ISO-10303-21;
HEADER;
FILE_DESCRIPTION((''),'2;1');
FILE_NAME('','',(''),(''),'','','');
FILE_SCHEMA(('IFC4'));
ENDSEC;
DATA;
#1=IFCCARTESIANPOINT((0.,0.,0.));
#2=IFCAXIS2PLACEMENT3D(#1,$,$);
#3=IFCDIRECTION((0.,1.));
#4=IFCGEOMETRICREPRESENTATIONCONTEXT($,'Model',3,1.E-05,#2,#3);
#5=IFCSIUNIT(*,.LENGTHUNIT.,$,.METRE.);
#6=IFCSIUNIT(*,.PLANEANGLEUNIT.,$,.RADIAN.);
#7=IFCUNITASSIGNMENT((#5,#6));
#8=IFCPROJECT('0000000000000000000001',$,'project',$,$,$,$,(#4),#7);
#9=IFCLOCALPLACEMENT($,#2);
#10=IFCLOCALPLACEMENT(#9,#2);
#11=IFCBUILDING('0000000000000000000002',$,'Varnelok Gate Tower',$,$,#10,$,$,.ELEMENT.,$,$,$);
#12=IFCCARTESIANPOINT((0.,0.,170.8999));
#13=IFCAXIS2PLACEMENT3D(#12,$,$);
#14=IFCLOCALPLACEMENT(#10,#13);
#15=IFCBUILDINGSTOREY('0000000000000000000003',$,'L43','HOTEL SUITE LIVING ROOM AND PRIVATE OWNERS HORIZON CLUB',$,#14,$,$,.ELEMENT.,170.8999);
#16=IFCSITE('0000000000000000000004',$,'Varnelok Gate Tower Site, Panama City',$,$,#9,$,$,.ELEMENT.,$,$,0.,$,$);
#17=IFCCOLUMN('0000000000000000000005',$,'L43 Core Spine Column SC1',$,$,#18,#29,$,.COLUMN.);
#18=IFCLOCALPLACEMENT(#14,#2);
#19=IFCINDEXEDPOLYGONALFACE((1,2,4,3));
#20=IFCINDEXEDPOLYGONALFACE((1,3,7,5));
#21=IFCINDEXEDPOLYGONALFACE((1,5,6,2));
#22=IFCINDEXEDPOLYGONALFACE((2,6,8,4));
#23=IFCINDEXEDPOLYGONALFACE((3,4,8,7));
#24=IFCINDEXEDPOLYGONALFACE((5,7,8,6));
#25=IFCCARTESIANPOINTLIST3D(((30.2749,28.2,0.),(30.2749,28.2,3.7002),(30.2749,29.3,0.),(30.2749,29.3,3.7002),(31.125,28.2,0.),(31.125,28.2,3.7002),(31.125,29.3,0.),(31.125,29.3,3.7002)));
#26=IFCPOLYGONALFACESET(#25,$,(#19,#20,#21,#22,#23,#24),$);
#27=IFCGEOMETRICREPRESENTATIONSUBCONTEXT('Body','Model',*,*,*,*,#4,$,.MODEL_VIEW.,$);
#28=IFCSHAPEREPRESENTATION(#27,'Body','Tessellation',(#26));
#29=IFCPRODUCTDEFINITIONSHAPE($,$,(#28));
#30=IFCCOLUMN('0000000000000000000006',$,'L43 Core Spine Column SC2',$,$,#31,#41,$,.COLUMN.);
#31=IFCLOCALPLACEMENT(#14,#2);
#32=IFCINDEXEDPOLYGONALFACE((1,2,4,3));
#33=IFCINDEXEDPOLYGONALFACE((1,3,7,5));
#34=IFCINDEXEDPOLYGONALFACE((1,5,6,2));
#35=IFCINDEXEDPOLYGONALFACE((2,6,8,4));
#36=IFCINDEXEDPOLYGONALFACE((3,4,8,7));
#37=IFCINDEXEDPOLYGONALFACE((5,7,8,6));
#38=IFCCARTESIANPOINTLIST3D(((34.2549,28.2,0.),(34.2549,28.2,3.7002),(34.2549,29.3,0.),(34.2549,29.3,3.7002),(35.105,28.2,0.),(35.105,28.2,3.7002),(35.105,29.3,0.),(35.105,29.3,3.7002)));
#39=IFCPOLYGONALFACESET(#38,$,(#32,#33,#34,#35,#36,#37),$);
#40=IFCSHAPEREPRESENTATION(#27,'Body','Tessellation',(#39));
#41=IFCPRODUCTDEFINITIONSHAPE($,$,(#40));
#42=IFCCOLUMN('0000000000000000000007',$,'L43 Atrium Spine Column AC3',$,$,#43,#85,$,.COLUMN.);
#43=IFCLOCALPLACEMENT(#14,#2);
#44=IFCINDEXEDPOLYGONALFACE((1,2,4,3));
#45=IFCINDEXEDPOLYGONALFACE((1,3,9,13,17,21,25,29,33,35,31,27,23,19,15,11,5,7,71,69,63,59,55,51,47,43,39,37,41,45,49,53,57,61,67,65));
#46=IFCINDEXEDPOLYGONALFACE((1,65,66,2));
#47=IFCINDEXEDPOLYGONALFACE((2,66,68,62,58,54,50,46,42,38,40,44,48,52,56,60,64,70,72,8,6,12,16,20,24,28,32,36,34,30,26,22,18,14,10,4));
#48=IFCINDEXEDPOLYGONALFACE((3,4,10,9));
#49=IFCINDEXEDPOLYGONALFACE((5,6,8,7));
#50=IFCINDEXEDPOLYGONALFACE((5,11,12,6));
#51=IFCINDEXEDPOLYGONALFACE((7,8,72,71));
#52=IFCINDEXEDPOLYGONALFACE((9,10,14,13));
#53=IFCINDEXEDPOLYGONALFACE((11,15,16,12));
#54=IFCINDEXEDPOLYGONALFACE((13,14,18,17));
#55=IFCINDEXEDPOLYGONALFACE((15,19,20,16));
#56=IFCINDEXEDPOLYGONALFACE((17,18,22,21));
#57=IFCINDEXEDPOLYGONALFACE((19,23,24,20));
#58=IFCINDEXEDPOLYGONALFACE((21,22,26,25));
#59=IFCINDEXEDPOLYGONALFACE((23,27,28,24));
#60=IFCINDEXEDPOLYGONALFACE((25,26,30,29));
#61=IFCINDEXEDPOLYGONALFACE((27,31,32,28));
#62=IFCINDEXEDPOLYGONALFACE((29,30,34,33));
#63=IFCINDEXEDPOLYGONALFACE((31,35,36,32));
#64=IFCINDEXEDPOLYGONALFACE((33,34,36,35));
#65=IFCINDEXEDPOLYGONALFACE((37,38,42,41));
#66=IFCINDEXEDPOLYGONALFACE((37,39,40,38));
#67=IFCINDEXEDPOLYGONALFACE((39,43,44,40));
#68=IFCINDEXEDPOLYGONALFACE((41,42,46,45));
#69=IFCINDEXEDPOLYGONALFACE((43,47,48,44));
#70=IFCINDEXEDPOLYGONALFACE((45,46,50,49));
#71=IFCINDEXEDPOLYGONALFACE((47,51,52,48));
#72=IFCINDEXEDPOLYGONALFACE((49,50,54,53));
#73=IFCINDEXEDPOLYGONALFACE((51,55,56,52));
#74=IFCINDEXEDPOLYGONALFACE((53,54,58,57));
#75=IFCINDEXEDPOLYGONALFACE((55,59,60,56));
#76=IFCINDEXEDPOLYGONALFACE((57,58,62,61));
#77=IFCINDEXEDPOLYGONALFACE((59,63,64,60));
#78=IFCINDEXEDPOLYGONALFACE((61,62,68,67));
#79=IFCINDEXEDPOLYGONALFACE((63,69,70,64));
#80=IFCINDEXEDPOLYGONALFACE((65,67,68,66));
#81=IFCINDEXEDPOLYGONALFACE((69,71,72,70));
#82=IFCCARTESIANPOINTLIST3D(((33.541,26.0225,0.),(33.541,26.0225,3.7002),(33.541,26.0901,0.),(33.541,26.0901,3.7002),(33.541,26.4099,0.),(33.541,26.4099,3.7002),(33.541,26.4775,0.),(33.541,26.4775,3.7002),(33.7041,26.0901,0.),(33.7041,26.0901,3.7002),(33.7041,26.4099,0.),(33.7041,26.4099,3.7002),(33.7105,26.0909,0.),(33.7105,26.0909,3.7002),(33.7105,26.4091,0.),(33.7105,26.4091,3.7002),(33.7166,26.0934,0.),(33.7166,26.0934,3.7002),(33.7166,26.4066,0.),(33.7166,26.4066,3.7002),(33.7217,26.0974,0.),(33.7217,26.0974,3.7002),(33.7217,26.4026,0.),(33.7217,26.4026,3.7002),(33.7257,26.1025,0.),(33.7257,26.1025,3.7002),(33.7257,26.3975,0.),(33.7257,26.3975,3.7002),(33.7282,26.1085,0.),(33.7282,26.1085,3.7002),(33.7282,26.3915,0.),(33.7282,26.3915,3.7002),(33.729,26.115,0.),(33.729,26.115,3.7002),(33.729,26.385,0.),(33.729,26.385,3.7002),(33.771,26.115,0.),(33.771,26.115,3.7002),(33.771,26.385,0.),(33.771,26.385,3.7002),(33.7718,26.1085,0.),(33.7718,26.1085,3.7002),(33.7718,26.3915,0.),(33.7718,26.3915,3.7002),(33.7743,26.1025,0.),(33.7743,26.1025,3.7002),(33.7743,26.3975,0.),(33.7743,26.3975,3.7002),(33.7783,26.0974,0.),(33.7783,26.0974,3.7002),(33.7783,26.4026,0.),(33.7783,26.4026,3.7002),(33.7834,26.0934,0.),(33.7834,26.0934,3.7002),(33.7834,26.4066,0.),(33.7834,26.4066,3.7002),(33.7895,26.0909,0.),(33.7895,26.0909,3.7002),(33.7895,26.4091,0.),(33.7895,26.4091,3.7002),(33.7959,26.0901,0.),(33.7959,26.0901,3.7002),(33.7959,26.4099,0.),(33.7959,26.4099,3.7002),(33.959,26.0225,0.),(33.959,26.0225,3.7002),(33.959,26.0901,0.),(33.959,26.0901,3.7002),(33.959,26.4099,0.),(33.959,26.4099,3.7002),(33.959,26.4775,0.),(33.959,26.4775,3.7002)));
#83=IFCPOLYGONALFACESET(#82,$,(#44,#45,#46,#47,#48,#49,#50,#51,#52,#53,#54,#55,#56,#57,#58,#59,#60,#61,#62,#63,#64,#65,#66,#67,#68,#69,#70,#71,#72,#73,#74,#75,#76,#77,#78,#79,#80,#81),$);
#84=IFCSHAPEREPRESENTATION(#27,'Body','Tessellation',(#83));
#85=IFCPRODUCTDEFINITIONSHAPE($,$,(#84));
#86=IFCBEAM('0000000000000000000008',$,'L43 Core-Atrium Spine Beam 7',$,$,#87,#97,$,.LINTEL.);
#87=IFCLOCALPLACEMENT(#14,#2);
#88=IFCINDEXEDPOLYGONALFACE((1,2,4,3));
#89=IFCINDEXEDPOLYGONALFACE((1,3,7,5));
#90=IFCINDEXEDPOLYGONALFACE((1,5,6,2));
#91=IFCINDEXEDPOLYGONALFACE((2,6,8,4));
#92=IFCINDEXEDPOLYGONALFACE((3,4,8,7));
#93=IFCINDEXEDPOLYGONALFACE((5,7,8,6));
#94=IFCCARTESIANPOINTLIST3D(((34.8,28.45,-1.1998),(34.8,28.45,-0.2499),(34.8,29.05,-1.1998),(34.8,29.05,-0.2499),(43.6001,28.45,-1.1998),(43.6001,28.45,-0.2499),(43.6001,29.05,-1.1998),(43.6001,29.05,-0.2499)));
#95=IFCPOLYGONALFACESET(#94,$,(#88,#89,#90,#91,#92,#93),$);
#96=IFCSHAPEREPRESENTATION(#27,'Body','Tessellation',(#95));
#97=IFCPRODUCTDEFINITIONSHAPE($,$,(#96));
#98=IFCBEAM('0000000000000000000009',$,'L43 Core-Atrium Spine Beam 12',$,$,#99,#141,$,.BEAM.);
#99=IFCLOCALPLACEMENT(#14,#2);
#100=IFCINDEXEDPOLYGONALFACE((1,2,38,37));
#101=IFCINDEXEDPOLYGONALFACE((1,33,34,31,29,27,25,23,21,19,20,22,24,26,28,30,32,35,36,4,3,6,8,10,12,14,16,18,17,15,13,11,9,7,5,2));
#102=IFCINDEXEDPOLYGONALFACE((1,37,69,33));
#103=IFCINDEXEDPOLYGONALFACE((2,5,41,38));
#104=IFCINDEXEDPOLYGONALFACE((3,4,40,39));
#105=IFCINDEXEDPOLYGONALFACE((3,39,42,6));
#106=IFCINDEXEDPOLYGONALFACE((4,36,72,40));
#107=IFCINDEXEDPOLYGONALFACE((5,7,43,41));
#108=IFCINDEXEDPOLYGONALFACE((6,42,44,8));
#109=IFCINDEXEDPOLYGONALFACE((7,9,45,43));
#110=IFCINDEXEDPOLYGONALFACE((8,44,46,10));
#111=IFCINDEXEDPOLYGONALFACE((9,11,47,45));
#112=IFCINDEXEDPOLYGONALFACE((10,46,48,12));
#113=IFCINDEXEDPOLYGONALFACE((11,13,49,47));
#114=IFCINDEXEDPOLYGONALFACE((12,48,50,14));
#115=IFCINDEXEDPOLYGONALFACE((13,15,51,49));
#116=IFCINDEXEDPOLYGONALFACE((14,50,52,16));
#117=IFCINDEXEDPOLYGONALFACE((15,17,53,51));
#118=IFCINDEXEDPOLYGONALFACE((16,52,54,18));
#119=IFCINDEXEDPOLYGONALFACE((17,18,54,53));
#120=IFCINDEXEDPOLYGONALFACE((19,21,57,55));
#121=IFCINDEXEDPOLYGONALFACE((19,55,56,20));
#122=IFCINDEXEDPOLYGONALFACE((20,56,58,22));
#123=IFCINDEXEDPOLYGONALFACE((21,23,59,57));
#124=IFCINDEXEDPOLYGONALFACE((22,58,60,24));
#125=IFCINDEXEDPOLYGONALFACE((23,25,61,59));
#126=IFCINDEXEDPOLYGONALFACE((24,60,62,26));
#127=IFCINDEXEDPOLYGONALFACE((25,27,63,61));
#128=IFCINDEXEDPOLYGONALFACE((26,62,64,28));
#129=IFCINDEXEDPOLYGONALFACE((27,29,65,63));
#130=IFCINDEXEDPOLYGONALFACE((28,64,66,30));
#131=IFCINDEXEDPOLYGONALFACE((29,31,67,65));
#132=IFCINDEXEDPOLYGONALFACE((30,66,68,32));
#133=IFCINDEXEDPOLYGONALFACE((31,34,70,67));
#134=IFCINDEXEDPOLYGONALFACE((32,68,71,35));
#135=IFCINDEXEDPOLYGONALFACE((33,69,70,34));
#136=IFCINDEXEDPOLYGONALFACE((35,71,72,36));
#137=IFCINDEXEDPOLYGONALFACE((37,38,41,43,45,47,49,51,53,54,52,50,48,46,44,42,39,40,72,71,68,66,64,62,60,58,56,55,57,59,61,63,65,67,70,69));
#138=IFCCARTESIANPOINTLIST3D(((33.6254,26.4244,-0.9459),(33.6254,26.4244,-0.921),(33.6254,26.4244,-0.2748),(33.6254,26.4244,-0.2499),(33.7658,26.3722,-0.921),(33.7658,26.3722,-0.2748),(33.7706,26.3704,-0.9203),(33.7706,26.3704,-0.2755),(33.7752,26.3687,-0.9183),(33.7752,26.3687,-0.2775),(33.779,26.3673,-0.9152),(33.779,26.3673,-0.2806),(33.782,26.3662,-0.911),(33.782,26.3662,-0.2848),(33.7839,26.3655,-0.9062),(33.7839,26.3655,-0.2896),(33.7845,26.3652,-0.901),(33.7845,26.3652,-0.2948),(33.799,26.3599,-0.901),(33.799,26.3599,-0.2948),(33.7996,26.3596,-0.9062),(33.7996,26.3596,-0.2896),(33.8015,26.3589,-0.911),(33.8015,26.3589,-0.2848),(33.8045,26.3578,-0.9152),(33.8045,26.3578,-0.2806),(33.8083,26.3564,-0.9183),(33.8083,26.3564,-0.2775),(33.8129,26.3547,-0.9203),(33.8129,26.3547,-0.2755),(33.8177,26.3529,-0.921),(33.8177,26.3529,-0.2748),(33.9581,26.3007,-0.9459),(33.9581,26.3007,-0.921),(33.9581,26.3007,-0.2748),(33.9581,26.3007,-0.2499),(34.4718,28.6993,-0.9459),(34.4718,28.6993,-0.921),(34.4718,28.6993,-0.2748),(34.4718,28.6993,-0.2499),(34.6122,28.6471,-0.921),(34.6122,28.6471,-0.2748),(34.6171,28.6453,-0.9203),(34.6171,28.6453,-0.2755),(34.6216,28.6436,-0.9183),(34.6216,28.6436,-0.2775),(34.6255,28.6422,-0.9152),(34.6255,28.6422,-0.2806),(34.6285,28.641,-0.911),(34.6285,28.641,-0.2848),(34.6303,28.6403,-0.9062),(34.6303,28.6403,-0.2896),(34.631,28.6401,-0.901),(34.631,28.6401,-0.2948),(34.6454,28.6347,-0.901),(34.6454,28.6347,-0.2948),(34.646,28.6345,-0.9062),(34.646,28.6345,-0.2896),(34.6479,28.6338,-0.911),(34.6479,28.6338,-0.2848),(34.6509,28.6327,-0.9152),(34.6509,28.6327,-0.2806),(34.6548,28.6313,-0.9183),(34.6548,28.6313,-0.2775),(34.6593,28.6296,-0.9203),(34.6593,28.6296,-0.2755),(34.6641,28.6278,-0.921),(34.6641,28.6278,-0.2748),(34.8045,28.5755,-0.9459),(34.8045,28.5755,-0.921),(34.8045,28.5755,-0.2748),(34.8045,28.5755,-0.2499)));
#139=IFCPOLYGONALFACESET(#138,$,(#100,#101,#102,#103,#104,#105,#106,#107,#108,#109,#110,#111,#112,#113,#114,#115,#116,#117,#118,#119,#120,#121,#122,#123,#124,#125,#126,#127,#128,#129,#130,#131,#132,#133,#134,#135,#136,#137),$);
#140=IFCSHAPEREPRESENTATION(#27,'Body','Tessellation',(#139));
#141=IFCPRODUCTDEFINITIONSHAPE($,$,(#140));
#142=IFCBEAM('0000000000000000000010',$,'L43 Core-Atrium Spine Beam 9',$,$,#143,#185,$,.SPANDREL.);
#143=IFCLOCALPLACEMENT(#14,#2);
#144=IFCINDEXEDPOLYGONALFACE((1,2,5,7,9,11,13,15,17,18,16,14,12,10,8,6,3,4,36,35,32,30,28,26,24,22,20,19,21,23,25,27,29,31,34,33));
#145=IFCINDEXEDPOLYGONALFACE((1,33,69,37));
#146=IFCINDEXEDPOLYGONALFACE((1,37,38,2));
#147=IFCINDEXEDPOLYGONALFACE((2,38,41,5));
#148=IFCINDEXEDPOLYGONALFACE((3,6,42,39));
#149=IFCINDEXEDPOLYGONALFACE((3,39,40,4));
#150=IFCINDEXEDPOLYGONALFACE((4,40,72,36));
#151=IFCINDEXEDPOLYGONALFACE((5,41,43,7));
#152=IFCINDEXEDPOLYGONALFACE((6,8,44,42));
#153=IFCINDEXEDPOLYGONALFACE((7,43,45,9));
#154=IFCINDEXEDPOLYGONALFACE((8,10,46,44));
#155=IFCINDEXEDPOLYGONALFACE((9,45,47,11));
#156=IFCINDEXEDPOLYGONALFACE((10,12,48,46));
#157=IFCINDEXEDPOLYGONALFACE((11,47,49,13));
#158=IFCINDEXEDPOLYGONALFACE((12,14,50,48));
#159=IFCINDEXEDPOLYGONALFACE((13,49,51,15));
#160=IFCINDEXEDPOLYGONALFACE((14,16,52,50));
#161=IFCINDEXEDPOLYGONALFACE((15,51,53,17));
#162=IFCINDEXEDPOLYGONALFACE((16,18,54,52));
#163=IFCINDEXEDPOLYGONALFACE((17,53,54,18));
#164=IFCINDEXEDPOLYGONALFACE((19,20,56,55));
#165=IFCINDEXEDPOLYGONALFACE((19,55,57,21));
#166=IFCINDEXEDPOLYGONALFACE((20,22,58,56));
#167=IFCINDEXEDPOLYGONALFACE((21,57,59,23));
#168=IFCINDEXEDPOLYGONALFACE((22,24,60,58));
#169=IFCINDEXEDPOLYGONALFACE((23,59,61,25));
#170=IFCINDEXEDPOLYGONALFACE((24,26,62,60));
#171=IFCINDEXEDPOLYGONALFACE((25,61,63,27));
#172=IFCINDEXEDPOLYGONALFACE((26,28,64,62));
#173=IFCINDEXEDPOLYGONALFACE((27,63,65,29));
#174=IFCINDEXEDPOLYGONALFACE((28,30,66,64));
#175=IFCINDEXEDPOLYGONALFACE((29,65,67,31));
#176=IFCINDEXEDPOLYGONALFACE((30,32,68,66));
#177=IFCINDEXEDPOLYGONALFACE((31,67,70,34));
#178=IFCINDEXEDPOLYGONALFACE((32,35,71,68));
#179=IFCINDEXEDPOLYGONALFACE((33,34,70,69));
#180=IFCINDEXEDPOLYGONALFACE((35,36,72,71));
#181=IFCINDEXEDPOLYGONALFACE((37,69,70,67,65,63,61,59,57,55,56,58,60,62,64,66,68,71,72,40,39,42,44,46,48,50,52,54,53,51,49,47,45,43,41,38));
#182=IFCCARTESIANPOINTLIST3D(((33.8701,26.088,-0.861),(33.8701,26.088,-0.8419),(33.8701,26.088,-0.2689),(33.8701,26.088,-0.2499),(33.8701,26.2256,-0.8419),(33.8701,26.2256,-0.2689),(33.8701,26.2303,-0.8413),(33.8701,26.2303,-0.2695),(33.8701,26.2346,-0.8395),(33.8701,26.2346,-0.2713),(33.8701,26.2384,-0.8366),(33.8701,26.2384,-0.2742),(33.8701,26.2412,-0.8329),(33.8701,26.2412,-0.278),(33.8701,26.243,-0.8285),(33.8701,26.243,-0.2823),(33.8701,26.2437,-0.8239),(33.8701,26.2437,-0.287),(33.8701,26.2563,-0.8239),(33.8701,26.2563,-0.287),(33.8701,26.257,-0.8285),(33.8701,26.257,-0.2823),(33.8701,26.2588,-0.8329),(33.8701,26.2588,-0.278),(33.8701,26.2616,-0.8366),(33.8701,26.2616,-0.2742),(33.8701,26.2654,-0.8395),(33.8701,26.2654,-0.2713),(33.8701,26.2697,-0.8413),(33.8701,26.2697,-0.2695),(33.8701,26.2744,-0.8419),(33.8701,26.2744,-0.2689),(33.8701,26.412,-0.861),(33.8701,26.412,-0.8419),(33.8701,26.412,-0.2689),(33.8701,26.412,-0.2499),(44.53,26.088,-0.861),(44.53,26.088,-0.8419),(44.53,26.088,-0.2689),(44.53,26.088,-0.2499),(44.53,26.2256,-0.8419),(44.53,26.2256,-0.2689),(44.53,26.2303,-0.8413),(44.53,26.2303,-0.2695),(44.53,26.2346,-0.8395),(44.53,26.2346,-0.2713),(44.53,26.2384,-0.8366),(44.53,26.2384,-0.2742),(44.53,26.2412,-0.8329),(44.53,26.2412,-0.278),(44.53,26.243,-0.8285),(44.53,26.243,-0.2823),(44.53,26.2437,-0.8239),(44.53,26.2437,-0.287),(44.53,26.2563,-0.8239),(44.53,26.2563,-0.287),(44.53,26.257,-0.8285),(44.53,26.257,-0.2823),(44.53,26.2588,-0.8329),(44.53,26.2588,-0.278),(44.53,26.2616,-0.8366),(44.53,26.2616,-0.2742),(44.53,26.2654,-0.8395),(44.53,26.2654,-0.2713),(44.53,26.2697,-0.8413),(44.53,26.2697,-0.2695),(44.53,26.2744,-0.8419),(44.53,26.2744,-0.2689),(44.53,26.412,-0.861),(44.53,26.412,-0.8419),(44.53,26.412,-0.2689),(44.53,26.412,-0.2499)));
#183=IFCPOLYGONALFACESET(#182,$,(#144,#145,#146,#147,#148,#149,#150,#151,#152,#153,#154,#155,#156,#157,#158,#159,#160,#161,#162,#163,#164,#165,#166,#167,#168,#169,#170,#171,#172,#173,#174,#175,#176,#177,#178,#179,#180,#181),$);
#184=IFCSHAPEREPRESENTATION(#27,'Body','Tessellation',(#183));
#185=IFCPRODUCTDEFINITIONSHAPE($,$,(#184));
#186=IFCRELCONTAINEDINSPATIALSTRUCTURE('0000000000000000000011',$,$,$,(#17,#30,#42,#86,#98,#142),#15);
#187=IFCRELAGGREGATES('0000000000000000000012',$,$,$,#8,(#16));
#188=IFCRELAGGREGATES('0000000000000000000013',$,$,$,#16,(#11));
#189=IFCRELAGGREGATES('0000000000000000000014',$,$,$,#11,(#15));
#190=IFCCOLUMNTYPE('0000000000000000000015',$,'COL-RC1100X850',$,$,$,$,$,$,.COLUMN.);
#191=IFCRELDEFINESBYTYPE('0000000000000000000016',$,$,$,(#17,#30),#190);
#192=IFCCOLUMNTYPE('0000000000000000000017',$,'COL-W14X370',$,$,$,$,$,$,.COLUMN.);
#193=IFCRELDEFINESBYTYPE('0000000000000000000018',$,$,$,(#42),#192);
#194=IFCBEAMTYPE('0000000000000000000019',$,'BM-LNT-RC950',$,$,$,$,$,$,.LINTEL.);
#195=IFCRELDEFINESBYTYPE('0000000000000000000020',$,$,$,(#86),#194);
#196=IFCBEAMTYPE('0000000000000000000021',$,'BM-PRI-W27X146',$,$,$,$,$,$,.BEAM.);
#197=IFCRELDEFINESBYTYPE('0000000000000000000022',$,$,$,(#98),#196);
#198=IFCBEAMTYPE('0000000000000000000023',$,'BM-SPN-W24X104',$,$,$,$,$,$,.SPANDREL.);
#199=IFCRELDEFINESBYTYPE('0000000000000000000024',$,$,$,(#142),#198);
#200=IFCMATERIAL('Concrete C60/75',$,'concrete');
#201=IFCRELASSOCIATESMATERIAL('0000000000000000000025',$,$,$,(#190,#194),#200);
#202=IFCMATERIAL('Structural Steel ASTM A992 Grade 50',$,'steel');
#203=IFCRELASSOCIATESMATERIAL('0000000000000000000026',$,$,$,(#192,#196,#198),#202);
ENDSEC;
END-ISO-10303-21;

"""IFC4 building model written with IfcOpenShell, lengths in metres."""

from ifc_helpers import new_model, si_unit, direction, frame, origin, origin_2d, place, context, subcontext, project, spatial, rectangle, i_section, extrude, material, material_profile, profile_set, type_object, element, save


model = new_model("IFC4")

# Units and contexts
model_context = context("Model", 3, precision=1e-05, world=origin(), true_north=direction((0.0, 1.0)))
body_context = subcontext(model_context, "Body", "Model", "MODEL_VIEW")
ifc_project = project(units=[si_unit("LENGTHUNIT", "METRE"), si_unit("PLANEANGLEUNIT", "RADIAN")], contexts=[model_context])

# Site, building, storey
site_placement = place(None, origin())
site = spatial("IfcSite", under=ifc_project, at=site_placement, Name="Varnelok Gate Tower Site, Panama City", CompositionType="ELEMENT", RefElevation=0.0)
building_placement = place(site_placement, origin())
building = spatial("IfcBuilding", under=site, at=building_placement, Name="Varnelok Gate Tower", CompositionType="ELEMENT")
storey_placement = place(building_placement, frame((0.0, 0.0, 170.8999)))
storey = spatial("IfcBuildingStorey", under=building, at=storey_placement, Name="L43", Description="HOTEL SUITE LIVING ROOM AND PRIVATE OWNERS HORIZON CLUB", CompositionType="ELEMENT", Elevation=170.8999)

# Columns
ifc_material_1 = material(Name="Concrete C60/75", Category="concrete")
ifc_material_profile_1 = material_profile(ifc_material_1, rectangle(XDim=0.8501, YDim=1.1001, at=origin_2d()), Name="RC1100X850")
ifc_profile_set_1 = profile_set([ifc_material_profile_1], Name="Concrete C60/75")
column_type_1 = type_object("IfcColumnType", Name="COL-RC1100X850", PredefinedType="COLUMN", material=ifc_profile_set_1)
for number, where, z_axis, x_axis, name in (
    (1, (30.7, 28.75, 0.0), (0.0, 0.0, 1.0), (1.0, 0.0, 0.0), "L43 Core Spine Column SC1"),
    (2, (34.6799, 28.75, 0.0), (0.0, 0.0, 1.0), (1.0, 0.0, 0.0), "L43 Core Spine Column SC2"),
):
    element("IfcColumn", number, at=place(storey_placement, frame(where, z_axis=z_axis, x_axis=x_axis)), inside=storey, type_object=column_type_1, Name=name, PredefinedType="COLUMN", context=body_context, shape_type="SweptSolid", body=[
        extrude(rectangle(XDim=0.8501, YDim=1.1001, at=origin_2d()), origin(), (0.0, 0.0, 1.0), 3.7002),
    ])
ifc_material_2 = material(Name="Structural Steel ASTM A992 Grade 50", Category="steel")
ifc_material_profile_2 = material_profile(ifc_material_2, i_section(OverallWidth=0.418, OverallDepth=0.4551, WebThickness=0.042, FlangeThickness=0.0676, FilletRadius=0.0249, at=origin_2d()), Name="W14X370")
ifc_profile_set_2 = profile_set([ifc_material_profile_2], Name="Structural Steel ASTM A992 Grade 50")
column_type_2 = type_object("IfcColumnType", Name="COL-W14X370", PredefinedType="COLUMN", material=ifc_profile_set_2)
column_placement = place(storey_placement, frame((33.75, 26.25, 0.0), z_axis=(0.0, 0.0, 1.0), x_axis=(1.0, 0.0, 0.0)))
element("IfcColumn", 3, at=column_placement, inside=storey, type_object=column_type_2, Name="L43 Atrium Spine Column AC3", PredefinedType="COLUMN", context=body_context, shape_type="SweptSolid", body=[
    extrude(i_section(OverallWidth=0.418, OverallDepth=0.4551, WebThickness=0.042, FlangeThickness=0.0676, FilletRadius=0.0249, at=origin_2d()), origin(), (0.0, 0.0, 1.0), 3.7002),
])

# Beams
ifc_material_profile_3 = material_profile(ifc_material_1, rectangle(XDim=0.6001, YDim=0.95, at=origin_2d()), Name="RC950X600")
ifc_profile_set_3 = profile_set([ifc_material_profile_3], Name="Concrete C60/75")
beam_type_1 = type_object("IfcBeamType", Name="BM-LNT-RC950", PredefinedType="LINTEL", material=ifc_profile_set_3)
beam_1_placement = place(storey_placement, frame((34.8, 28.75, -0.7249), z_axis=(1.0, 0.0, 0.0), x_axis=(0.0, 1.0, 0.0)))
element("IfcBeam", 4, at=beam_1_placement, inside=storey, type_object=beam_type_1, Name="L43 Core-Atrium Spine Beam 7", PredefinedType="LINTEL", context=body_context, shape_type="SweptSolid", body=[
    extrude(rectangle(XDim=0.6001, YDim=0.95, at=origin_2d()), origin(), (0.0, 0.0, 1.0), 8.8),
])
ifc_material_profile_4 = material_profile(ifc_material_2, i_section(OverallWidth=0.355, OverallDepth=0.696, WebThickness=0.0154, FlangeThickness=0.0249, FilletRadius=0.02, at=origin_2d()), Name="W27X146")
ifc_profile_set_4 = profile_set([ifc_material_profile_4], Name="Structural Steel ASTM A992 Grade 50")
beam_type_2 = type_object("IfcBeamType", Name="BM-PRI-W27X146", PredefinedType="BEAM", material=ifc_profile_set_4)
beam_2_placement = place(storey_placement, frame((33.7917, 26.3625, -0.5979), z_axis=(0.348719, 0.937227, 0.0), x_axis=(-0.937227, 0.348719, 0.0)))
element("IfcBeam", 5, at=beam_2_placement, inside=storey, type_object=beam_type_2, Name="L43 Core-Atrium Spine Beam 12", PredefinedType="BEAM", context=body_context, shape_type="SweptSolid", body=[
    extrude(i_section(OverallWidth=0.355, OverallDepth=0.696, WebThickness=0.0154, FlangeThickness=0.0249, FilletRadius=0.02, at=origin_2d()), origin(), (0.0, 0.0, 1.0), 2.4272),
])
ifc_material_profile_5 = material_profile(ifc_material_2, i_section(OverallWidth=0.324, OverallDepth=0.6111, WebThickness=0.0127, FlangeThickness=0.019, FilletRadius=0.0181, at=origin_2d()), Name="W24X104")
ifc_profile_set_5 = profile_set([ifc_material_profile_5], Name="Structural Steel ASTM A992 Grade 50")
beam_type_3 = type_object("IfcBeamType", Name="BM-SPN-W24X104", PredefinedType="SPANDREL", material=ifc_profile_set_5)
beam_3_placement = place(storey_placement, frame((33.8701, 26.25, -0.5554), z_axis=(1.0, 0.0, 0.0), x_axis=(0.0, 1.0, 0.0)))
element("IfcBeam", 6, at=beam_3_placement, inside=storey, type_object=beam_type_3, Name="L43 Core-Atrium Spine Beam 9", PredefinedType="SPANDREL", context=body_context, shape_type="SweptSolid", body=[
    extrude(i_section(OverallWidth=0.324, OverallDepth=0.6111, WebThickness=0.0127, FlangeThickness=0.019, FilletRadius=0.0181, at=origin_2d()), origin(), (0.0, 0.0, 1.0), 10.6599),
])

save(model, "model.ifc")
